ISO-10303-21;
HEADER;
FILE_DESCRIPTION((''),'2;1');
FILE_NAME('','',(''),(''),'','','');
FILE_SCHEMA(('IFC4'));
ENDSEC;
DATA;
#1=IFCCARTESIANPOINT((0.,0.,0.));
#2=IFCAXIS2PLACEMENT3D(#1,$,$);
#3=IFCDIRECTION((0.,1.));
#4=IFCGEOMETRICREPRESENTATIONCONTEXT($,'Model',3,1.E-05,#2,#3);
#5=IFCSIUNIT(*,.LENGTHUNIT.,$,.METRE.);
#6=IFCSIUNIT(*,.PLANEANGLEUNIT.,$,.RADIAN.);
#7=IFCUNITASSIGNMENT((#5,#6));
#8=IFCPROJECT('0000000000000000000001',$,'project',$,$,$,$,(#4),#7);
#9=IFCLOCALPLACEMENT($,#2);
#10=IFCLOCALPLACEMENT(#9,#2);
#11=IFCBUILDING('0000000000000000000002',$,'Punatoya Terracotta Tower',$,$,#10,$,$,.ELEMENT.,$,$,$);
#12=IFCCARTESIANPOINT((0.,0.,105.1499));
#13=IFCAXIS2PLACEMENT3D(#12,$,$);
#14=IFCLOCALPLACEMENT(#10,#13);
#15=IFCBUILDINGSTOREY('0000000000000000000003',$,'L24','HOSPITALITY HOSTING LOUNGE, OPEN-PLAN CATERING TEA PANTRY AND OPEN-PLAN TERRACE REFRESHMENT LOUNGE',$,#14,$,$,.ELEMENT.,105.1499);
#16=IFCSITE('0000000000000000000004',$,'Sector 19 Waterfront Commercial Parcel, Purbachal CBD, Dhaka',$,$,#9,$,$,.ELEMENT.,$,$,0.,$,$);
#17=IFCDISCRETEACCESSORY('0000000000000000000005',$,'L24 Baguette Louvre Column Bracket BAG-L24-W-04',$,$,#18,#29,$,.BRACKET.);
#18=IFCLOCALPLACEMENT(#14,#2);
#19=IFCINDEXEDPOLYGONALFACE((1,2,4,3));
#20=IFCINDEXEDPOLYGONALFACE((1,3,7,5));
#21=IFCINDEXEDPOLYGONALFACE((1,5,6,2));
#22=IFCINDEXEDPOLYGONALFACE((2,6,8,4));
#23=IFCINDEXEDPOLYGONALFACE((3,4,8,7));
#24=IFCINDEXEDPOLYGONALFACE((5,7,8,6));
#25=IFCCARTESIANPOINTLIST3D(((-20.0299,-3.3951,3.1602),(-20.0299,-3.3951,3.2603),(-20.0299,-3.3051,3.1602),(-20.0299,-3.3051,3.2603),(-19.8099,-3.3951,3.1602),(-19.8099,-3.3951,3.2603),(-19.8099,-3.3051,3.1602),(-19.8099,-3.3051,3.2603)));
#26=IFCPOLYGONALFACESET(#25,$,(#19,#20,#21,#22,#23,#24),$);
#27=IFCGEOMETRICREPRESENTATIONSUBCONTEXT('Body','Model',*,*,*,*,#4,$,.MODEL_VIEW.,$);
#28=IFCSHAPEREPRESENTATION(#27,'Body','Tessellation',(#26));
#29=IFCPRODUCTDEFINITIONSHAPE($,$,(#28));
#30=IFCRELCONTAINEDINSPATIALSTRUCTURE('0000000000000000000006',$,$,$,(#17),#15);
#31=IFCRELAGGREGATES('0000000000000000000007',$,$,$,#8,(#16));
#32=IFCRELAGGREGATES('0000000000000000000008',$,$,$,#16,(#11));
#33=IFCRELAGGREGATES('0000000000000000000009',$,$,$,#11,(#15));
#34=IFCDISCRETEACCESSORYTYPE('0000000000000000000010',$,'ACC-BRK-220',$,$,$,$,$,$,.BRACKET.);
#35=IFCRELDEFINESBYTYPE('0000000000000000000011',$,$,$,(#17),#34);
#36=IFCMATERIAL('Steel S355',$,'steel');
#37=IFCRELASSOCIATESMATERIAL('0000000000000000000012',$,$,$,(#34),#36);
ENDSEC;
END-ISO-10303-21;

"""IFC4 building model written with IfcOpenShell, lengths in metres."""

from ifc_helpers import new_model, si_unit, direction, frame, origin, origin_2d, place, context, subcontext, project, spatial, rectangle, extrude, material, type_object, element, save


model = new_model("IFC4")

# Units and contexts
model_context = context("Model", 3, precision=1e-05, world=origin(), true_north=direction((0.0, 1.0)))
body_context = subcontext(model_context, "Body", "Model", "MODEL_VIEW")
ifc_project = project(units=[si_unit("LENGTHUNIT", "METRE"), si_unit("PLANEANGLEUNIT", "RADIAN")], contexts=[model_context])

# Site, building, storey
site_placement = place(None, origin())
site = spatial("IfcSite", under=ifc_project, at=site_placement, Name="Sector 19 Waterfront Commercial Parcel, Purbachal CBD, Dhaka", CompositionType="ELEMENT", RefElevation=0.0)
building_placement = place(site_placement, origin())
building = spatial("IfcBuilding", under=site, at=building_placement, Name="Punatoya Terracotta Tower", CompositionType="ELEMENT")
storey_placement = place(building_placement, frame((0.0, 0.0, 105.1499)))
storey = spatial("IfcBuildingStorey", under=building, at=storey_placement, Name="L24", Description="HOSPITALITY HOSTING LOUNGE, OPEN-PLAN CATERING TEA PANTRY AND OPEN-PLAN TERRACE REFRESHMENT LOUNGE", CompositionType="ELEMENT", Elevation=105.1499)

# Shared definitions
ifc_material_1 = material(Name="Steel S355", Category="steel")

# Discrete accessory
discrete_accessory_type = type_object("IfcDiscreteAccessoryType", Name="ACC-BRK-220", PredefinedType="BRACKET", material=ifc_material_1)
for number, where, z_axis, x_axis, name in (
    (1, (-19.9199, -3.3501, 3.1602), (0.0, 0.0, 1.0), (0.0, 1.0, 0.0), "L24 Baguette Louvre Column Bracket BAG-L24-W-04"),
):
    element("IfcDiscreteAccessory", number, at=place(storey_placement, frame(where, z_axis=z_axis, x_axis=x_axis)), inside=storey, type_object=discrete_accessory_type, Name=name, PredefinedType="BRACKET", context=body_context, shape_type="SweptSolid", body=[
        extrude(rectangle(XDim=0.0901, YDim=0.22, at=origin_2d()), origin(), (0.0, 0.0, 1.0), 0.1001),
    ])

save(model, "model.ifc")
